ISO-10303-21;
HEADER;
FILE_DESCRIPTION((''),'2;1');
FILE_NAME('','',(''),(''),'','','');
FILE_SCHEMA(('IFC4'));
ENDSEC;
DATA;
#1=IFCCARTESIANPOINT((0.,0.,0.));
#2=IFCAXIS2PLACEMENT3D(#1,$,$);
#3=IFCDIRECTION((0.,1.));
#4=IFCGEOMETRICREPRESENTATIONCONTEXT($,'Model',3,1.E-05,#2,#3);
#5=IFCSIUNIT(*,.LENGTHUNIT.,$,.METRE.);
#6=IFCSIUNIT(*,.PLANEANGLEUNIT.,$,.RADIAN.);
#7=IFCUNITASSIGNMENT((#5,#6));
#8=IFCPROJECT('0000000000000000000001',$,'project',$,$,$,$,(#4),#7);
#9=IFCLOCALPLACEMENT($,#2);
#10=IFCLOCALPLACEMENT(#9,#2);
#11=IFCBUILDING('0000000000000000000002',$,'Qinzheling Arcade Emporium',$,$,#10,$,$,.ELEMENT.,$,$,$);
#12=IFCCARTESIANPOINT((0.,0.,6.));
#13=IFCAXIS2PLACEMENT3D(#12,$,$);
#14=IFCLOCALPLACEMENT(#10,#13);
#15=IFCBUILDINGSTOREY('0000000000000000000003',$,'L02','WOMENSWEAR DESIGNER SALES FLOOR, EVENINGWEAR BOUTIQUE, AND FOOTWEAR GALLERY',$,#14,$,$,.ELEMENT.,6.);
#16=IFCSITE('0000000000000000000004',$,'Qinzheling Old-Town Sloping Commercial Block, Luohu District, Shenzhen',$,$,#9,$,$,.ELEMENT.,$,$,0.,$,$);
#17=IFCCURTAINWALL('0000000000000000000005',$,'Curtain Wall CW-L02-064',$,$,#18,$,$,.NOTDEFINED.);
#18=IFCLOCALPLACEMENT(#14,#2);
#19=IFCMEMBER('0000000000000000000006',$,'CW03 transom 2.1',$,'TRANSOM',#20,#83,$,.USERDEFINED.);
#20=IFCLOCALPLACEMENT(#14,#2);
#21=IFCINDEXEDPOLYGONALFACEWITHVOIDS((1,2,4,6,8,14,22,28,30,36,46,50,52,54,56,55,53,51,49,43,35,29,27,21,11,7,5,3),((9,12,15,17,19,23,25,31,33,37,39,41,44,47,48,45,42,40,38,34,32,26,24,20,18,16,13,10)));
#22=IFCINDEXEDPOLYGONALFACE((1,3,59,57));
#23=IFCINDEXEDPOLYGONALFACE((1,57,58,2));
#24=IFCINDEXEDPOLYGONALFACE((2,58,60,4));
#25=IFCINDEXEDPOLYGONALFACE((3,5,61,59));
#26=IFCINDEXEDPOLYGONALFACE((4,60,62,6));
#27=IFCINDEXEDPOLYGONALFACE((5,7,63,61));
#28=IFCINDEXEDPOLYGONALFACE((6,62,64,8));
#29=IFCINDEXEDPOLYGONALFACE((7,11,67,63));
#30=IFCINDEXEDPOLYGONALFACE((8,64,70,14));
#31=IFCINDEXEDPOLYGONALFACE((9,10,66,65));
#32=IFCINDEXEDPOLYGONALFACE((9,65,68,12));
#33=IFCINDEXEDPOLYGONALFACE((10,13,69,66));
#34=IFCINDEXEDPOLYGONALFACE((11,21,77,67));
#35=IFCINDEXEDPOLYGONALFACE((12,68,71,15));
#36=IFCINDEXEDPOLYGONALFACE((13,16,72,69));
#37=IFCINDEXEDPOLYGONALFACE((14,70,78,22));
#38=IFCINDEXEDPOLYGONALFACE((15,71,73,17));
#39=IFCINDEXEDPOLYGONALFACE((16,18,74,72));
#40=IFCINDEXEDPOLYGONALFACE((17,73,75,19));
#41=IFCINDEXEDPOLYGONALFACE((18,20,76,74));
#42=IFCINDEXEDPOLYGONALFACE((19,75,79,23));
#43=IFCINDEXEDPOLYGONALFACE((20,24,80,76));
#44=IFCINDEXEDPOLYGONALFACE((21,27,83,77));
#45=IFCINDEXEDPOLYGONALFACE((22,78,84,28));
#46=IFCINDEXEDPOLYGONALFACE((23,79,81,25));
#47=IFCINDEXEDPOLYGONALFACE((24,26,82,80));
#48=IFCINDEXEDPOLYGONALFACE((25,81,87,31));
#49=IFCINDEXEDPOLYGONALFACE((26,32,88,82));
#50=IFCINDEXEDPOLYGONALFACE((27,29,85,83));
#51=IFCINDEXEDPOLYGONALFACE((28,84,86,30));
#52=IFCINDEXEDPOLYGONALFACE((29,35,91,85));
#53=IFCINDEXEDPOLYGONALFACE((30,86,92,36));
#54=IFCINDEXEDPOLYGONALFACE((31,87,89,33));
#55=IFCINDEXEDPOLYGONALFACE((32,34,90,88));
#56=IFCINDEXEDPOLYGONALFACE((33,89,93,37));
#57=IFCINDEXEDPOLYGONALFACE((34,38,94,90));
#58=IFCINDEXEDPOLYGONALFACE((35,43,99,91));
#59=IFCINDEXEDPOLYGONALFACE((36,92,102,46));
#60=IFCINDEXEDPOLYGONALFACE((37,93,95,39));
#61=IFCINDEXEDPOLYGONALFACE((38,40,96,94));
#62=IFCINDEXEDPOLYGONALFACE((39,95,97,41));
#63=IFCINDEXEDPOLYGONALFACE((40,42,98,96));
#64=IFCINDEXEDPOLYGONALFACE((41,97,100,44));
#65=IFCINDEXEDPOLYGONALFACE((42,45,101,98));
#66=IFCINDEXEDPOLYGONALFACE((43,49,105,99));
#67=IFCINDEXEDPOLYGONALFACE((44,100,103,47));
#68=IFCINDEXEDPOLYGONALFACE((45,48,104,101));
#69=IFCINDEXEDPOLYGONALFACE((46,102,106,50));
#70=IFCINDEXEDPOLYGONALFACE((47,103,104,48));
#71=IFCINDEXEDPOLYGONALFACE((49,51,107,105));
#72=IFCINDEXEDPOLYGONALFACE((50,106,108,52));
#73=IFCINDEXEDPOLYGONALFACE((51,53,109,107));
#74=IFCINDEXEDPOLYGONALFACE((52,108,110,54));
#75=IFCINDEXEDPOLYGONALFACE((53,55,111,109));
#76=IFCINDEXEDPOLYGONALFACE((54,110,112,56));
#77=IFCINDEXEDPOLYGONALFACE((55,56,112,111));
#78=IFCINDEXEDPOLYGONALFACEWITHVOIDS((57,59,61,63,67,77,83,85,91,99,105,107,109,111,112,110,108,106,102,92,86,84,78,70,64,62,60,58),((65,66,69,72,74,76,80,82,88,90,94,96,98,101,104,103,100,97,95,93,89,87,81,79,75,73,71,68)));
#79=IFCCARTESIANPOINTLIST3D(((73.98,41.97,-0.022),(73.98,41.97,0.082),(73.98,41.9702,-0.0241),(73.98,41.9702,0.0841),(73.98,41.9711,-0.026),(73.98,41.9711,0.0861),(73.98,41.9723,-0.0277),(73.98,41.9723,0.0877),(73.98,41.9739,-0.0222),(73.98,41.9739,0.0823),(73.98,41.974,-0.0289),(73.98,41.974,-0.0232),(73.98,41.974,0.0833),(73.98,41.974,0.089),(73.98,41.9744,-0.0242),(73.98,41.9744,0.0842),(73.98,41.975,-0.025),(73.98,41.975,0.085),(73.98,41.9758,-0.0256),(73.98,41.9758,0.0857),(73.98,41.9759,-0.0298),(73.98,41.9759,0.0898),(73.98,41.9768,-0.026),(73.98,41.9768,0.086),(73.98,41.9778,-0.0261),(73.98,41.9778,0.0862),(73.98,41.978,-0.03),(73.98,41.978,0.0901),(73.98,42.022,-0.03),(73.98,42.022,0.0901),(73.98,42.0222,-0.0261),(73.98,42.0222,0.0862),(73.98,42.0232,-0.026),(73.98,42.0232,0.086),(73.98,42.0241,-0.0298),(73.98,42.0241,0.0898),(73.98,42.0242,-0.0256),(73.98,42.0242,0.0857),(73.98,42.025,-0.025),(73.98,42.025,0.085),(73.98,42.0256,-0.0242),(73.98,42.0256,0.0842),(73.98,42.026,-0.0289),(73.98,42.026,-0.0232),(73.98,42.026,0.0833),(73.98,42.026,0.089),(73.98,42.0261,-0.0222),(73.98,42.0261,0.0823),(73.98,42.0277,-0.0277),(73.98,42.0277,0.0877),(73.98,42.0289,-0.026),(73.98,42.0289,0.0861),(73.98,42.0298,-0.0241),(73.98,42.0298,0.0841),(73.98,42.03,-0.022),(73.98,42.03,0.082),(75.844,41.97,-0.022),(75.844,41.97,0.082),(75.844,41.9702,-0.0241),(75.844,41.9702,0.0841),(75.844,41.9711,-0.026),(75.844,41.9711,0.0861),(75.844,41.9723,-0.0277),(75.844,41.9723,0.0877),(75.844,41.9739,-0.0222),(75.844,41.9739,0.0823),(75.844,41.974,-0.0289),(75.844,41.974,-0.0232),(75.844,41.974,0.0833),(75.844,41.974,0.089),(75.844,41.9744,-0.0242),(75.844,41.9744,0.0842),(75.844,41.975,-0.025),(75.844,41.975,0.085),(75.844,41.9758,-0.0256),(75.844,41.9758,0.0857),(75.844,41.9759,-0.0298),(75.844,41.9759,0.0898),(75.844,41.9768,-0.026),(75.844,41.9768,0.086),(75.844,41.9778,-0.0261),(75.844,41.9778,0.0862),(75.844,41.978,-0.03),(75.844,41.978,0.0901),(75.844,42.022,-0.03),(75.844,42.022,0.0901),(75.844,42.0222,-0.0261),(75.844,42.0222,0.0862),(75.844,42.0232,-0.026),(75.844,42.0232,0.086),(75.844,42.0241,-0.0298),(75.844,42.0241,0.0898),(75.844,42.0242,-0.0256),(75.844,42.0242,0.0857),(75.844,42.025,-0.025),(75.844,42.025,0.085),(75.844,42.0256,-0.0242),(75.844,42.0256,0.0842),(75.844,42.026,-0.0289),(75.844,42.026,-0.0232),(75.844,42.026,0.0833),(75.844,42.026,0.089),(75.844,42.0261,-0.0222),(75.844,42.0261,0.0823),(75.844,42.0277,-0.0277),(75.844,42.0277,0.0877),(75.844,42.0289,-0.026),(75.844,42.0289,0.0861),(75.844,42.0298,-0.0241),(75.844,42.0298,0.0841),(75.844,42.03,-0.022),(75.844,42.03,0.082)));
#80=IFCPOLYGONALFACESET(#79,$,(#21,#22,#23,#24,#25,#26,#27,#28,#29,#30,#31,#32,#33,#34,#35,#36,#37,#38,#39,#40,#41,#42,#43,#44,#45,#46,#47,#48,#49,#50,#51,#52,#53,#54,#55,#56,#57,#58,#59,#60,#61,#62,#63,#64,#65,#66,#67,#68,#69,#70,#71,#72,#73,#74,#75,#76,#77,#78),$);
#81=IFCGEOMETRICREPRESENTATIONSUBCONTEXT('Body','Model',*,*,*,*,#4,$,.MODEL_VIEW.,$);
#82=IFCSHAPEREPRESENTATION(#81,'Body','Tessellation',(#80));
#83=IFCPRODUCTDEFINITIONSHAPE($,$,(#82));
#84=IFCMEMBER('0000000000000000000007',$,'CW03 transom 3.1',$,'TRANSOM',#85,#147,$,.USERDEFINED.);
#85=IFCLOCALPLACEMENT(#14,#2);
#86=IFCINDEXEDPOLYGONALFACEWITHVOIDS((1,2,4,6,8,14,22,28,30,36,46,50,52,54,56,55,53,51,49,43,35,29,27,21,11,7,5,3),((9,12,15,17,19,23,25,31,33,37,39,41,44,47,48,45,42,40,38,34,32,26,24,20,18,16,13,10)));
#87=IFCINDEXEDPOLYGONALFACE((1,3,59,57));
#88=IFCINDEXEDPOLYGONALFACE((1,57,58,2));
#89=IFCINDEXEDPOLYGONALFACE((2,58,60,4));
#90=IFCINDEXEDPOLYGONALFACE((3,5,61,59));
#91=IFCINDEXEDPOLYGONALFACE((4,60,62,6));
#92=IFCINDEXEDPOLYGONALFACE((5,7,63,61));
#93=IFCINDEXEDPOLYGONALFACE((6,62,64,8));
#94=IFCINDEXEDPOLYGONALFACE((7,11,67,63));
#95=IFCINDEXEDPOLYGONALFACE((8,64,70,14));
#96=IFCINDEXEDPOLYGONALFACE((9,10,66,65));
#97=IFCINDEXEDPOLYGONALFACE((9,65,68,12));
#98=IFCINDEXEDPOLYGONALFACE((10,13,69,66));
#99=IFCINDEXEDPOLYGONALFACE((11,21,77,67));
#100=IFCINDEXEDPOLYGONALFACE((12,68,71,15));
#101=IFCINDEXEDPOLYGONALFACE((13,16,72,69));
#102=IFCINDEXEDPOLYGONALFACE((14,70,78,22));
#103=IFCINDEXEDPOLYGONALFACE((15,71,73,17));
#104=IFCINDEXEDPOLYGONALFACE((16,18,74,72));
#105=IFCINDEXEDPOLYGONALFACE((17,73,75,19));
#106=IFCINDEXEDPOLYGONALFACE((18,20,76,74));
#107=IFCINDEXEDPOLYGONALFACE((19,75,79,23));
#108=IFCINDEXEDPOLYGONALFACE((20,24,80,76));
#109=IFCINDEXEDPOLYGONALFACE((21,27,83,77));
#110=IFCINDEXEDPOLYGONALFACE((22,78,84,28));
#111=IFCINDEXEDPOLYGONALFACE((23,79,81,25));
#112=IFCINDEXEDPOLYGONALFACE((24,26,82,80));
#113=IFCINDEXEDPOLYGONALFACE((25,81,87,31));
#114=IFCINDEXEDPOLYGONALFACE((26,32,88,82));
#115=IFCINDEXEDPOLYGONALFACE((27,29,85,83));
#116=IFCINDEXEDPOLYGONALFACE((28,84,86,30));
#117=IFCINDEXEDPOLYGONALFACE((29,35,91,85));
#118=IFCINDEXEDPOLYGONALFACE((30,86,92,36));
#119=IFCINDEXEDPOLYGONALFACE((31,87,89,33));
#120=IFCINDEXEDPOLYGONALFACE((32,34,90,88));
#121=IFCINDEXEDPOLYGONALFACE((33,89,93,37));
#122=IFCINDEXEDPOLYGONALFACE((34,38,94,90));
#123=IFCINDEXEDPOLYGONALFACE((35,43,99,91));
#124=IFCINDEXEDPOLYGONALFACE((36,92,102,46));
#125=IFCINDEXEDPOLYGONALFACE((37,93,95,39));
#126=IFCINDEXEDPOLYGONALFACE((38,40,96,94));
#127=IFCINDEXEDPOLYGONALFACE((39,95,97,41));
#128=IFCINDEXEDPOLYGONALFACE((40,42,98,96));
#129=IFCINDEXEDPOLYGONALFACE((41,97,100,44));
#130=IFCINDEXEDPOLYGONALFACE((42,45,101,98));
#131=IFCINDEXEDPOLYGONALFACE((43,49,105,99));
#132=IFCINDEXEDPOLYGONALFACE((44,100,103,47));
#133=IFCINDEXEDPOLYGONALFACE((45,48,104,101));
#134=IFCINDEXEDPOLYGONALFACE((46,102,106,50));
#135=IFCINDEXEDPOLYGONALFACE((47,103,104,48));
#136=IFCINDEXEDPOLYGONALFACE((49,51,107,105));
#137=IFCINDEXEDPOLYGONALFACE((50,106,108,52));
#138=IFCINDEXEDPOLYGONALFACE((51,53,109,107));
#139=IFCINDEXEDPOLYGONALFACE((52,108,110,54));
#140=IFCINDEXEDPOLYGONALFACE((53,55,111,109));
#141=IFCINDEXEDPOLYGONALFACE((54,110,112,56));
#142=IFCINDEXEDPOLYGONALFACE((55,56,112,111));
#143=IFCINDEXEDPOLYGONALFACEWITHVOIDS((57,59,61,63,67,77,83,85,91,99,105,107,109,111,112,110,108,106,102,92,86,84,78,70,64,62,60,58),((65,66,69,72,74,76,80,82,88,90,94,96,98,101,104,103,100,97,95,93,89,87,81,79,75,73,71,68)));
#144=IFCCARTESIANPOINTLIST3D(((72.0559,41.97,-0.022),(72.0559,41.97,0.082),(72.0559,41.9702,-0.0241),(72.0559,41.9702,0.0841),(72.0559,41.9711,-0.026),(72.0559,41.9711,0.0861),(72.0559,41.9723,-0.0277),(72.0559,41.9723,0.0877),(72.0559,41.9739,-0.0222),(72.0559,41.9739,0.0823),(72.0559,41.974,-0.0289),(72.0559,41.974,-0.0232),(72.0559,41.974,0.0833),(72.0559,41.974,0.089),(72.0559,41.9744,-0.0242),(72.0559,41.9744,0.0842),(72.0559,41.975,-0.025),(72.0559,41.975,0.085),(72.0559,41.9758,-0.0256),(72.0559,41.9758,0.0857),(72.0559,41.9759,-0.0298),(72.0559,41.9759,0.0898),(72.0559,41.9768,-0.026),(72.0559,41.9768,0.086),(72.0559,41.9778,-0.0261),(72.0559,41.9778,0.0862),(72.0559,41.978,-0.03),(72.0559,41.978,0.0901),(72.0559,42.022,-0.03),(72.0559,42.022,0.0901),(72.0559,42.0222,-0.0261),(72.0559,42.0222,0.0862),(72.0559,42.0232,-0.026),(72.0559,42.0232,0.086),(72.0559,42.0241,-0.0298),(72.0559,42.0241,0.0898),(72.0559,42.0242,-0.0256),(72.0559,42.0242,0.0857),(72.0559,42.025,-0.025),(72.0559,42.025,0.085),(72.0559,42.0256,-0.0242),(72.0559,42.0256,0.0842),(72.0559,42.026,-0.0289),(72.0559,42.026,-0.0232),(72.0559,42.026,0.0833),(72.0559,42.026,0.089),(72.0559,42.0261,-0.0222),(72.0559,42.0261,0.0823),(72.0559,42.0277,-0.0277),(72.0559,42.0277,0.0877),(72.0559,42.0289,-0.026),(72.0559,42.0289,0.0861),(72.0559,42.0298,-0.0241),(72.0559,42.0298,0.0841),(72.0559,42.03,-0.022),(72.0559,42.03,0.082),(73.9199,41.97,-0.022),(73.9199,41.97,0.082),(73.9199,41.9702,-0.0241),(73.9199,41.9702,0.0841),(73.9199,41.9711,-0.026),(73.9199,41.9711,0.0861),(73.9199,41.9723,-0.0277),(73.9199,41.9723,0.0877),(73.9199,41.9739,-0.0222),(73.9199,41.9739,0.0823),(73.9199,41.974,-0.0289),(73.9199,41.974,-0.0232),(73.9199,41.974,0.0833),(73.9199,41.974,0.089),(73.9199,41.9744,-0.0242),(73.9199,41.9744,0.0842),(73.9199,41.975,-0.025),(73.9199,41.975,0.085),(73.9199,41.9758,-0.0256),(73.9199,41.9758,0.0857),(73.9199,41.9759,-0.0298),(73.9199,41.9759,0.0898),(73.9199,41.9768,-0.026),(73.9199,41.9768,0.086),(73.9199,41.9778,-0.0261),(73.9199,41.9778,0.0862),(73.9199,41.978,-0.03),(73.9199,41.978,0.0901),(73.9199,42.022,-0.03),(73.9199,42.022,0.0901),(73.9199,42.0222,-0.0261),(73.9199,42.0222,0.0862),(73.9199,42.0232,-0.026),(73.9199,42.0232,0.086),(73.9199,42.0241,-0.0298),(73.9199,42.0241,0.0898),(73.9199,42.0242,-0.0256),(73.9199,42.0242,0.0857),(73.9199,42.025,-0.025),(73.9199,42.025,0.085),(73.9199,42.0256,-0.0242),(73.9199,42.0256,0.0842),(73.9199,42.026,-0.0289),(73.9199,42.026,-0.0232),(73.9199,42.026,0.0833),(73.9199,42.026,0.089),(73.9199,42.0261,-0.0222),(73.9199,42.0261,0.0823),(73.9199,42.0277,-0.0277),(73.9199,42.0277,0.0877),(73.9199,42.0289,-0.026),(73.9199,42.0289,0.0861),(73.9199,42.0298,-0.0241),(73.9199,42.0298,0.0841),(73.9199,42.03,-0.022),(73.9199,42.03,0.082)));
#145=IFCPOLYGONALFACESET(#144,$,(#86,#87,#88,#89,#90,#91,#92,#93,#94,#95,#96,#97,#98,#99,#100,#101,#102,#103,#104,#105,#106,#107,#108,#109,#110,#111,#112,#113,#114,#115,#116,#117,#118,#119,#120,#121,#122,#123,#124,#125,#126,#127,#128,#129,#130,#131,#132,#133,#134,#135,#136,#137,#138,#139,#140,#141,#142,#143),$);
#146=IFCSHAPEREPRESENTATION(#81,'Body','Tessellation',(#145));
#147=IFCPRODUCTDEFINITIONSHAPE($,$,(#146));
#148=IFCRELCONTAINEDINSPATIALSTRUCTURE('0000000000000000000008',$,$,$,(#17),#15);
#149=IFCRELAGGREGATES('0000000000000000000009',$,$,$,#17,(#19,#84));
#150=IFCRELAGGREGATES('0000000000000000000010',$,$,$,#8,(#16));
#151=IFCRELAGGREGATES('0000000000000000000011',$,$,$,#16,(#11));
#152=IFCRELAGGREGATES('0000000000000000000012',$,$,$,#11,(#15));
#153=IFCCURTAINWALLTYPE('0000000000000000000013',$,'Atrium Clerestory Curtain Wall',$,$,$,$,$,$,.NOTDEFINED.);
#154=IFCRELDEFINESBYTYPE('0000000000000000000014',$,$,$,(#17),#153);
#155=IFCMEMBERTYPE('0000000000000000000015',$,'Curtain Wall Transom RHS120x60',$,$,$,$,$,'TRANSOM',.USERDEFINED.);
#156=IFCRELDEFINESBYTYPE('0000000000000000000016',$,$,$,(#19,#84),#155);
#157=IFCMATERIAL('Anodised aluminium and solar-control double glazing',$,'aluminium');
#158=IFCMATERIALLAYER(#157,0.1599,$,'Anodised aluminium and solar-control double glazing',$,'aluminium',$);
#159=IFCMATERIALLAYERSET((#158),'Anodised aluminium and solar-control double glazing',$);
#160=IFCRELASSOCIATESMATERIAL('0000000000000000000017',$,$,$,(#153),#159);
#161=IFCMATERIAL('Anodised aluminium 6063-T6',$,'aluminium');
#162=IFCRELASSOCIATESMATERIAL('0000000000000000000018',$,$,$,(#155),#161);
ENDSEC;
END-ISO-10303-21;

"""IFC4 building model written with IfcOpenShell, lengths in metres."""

from ifc_helpers import new_model, si_unit, direction, frame, origin, origin_2d, place, context, subcontext, project, spatial, hollow_rectangle, extrude, material, layer, layer_set, material_profile, profile_set, type_object, element, aggregate, save


model = new_model("IFC4")

# Units and contexts
model_context = context("Model", 3, precision=1e-05, world=origin(), true_north=direction((0.0, 1.0)))
body_context = subcontext(model_context, "Body", "Model", "MODEL_VIEW")
ifc_project = project(units=[si_unit("LENGTHUNIT", "METRE"), si_unit("PLANEANGLEUNIT", "RADIAN")], contexts=[model_context])

# Site, building, storey
site_placement = place(None, origin())
site = spatial("IfcSite", under=ifc_project, at=site_placement, Name="Qinzheling Old-Town Sloping Commercial Block, Luohu District, Shenzhen", CompositionType="ELEMENT", RefElevation=0.0)
building_placement = place(site_placement, origin())
building = spatial("IfcBuilding", under=site, at=building_placement, Name="Qinzheling Arcade Emporium", CompositionType="ELEMENT")
storey_placement = place(building_placement, frame((0.0, 0.0, 6.0)))
storey = spatial("IfcBuildingStorey", under=building, at=storey_placement, Name="L02", Description="WOMENSWEAR DESIGNER SALES FLOOR, EVENINGWEAR BOUTIQUE, AND FOOTWEAR GALLERY", CompositionType="ELEMENT", Elevation=6.0)

# Curtain wall, members
ifc_material_1 = material(Name="Anodised aluminium and solar-control double glazing", Category="aluminium")
ifc_layer_1 = layer(ifc_material_1, 0.1599, Name="Anodised aluminium and solar-control double glazing", Category="aluminium")
ifc_layer_set_1 = layer_set([ifc_layer_1], Name="Anodised aluminium and solar-control double glazing")
curtain_wall_type = type_object("IfcCurtainWallType", Name="Atrium Clerestory Curtain Wall", PredefinedType="NOTDEFINED", material=ifc_layer_set_1)
curtain_wall_placement = place(storey_placement, origin())
curtain_wall = element("IfcCurtainWall", 1, at=curtain_wall_placement, inside=storey, type_object=curtain_wall_type, Name="Curtain Wall CW-L02-064", PredefinedType="NOTDEFINED")
ifc_material_2 = material(Name="Anodised aluminium 6063-T6", Category="aluminium")
ifc_material_profile_1 = material_profile(ifc_material_2, hollow_rectangle(XDim=0.0601, YDim=0.1201, WallThickness=0.0039, InnerFilletRadius=0.0039, OuterFilletRadius=0.0081, at=origin_2d()), Name="RHS 120x60x4", Category="aluminium")
ifc_profile_set_1 = profile_set([ifc_material_profile_1], Name="Anodised aluminium 6063-T6")
member_type_1 = type_object("IfcMemberType", Name="Curtain Wall Transom RHS120x60", ElementType="TRANSOM", PredefinedType="USERDEFINED", material=ifc_profile_set_1)
member_1_placement = place(storey_placement, frame((75.844, 42.0, 0.03), z_axis=(-1.0, 0.0, 0.0), x_axis=(0.0, -1.0, 0.0)))
member_1 = element("IfcMember", 2, at=member_1_placement, type_object=member_type_1, Name="CW03 transom 2.1", ObjectType="TRANSOM", PredefinedType="USERDEFINED", context=body_context, shape_type="SweptSolid", body=[
    extrude(hollow_rectangle(XDim=0.0601, YDim=0.1201, WallThickness=0.0039, InnerFilletRadius=0.0039, OuterFilletRadius=0.0081, at=origin_2d()), origin(), (0.0, 0.0, 1.0), 1.864),
])
member_2_placement = place(storey_placement, frame((73.9199, 42.0, 0.03), z_axis=(-1.0, 0.0, 0.0), x_axis=(0.0, -1.0, 0.0)))
member_2 = element("IfcMember", 3, at=member_2_placement, type_object=member_type_1, Name="CW03 transom 3.1", ObjectType="TRANSOM", PredefinedType="USERDEFINED", context=body_context, shape_type="SweptSolid", body=[
    extrude(hollow_rectangle(XDim=0.0601, YDim=0.1201, WallThickness=0.0039, InnerFilletRadius=0.0039, OuterFilletRadius=0.0081, at=origin_2d()), origin(), (0.0, 0.0, 1.0), 1.864),
])
aggregate(curtain_wall, [member_1, member_2])

save(model, "model.ifc")
